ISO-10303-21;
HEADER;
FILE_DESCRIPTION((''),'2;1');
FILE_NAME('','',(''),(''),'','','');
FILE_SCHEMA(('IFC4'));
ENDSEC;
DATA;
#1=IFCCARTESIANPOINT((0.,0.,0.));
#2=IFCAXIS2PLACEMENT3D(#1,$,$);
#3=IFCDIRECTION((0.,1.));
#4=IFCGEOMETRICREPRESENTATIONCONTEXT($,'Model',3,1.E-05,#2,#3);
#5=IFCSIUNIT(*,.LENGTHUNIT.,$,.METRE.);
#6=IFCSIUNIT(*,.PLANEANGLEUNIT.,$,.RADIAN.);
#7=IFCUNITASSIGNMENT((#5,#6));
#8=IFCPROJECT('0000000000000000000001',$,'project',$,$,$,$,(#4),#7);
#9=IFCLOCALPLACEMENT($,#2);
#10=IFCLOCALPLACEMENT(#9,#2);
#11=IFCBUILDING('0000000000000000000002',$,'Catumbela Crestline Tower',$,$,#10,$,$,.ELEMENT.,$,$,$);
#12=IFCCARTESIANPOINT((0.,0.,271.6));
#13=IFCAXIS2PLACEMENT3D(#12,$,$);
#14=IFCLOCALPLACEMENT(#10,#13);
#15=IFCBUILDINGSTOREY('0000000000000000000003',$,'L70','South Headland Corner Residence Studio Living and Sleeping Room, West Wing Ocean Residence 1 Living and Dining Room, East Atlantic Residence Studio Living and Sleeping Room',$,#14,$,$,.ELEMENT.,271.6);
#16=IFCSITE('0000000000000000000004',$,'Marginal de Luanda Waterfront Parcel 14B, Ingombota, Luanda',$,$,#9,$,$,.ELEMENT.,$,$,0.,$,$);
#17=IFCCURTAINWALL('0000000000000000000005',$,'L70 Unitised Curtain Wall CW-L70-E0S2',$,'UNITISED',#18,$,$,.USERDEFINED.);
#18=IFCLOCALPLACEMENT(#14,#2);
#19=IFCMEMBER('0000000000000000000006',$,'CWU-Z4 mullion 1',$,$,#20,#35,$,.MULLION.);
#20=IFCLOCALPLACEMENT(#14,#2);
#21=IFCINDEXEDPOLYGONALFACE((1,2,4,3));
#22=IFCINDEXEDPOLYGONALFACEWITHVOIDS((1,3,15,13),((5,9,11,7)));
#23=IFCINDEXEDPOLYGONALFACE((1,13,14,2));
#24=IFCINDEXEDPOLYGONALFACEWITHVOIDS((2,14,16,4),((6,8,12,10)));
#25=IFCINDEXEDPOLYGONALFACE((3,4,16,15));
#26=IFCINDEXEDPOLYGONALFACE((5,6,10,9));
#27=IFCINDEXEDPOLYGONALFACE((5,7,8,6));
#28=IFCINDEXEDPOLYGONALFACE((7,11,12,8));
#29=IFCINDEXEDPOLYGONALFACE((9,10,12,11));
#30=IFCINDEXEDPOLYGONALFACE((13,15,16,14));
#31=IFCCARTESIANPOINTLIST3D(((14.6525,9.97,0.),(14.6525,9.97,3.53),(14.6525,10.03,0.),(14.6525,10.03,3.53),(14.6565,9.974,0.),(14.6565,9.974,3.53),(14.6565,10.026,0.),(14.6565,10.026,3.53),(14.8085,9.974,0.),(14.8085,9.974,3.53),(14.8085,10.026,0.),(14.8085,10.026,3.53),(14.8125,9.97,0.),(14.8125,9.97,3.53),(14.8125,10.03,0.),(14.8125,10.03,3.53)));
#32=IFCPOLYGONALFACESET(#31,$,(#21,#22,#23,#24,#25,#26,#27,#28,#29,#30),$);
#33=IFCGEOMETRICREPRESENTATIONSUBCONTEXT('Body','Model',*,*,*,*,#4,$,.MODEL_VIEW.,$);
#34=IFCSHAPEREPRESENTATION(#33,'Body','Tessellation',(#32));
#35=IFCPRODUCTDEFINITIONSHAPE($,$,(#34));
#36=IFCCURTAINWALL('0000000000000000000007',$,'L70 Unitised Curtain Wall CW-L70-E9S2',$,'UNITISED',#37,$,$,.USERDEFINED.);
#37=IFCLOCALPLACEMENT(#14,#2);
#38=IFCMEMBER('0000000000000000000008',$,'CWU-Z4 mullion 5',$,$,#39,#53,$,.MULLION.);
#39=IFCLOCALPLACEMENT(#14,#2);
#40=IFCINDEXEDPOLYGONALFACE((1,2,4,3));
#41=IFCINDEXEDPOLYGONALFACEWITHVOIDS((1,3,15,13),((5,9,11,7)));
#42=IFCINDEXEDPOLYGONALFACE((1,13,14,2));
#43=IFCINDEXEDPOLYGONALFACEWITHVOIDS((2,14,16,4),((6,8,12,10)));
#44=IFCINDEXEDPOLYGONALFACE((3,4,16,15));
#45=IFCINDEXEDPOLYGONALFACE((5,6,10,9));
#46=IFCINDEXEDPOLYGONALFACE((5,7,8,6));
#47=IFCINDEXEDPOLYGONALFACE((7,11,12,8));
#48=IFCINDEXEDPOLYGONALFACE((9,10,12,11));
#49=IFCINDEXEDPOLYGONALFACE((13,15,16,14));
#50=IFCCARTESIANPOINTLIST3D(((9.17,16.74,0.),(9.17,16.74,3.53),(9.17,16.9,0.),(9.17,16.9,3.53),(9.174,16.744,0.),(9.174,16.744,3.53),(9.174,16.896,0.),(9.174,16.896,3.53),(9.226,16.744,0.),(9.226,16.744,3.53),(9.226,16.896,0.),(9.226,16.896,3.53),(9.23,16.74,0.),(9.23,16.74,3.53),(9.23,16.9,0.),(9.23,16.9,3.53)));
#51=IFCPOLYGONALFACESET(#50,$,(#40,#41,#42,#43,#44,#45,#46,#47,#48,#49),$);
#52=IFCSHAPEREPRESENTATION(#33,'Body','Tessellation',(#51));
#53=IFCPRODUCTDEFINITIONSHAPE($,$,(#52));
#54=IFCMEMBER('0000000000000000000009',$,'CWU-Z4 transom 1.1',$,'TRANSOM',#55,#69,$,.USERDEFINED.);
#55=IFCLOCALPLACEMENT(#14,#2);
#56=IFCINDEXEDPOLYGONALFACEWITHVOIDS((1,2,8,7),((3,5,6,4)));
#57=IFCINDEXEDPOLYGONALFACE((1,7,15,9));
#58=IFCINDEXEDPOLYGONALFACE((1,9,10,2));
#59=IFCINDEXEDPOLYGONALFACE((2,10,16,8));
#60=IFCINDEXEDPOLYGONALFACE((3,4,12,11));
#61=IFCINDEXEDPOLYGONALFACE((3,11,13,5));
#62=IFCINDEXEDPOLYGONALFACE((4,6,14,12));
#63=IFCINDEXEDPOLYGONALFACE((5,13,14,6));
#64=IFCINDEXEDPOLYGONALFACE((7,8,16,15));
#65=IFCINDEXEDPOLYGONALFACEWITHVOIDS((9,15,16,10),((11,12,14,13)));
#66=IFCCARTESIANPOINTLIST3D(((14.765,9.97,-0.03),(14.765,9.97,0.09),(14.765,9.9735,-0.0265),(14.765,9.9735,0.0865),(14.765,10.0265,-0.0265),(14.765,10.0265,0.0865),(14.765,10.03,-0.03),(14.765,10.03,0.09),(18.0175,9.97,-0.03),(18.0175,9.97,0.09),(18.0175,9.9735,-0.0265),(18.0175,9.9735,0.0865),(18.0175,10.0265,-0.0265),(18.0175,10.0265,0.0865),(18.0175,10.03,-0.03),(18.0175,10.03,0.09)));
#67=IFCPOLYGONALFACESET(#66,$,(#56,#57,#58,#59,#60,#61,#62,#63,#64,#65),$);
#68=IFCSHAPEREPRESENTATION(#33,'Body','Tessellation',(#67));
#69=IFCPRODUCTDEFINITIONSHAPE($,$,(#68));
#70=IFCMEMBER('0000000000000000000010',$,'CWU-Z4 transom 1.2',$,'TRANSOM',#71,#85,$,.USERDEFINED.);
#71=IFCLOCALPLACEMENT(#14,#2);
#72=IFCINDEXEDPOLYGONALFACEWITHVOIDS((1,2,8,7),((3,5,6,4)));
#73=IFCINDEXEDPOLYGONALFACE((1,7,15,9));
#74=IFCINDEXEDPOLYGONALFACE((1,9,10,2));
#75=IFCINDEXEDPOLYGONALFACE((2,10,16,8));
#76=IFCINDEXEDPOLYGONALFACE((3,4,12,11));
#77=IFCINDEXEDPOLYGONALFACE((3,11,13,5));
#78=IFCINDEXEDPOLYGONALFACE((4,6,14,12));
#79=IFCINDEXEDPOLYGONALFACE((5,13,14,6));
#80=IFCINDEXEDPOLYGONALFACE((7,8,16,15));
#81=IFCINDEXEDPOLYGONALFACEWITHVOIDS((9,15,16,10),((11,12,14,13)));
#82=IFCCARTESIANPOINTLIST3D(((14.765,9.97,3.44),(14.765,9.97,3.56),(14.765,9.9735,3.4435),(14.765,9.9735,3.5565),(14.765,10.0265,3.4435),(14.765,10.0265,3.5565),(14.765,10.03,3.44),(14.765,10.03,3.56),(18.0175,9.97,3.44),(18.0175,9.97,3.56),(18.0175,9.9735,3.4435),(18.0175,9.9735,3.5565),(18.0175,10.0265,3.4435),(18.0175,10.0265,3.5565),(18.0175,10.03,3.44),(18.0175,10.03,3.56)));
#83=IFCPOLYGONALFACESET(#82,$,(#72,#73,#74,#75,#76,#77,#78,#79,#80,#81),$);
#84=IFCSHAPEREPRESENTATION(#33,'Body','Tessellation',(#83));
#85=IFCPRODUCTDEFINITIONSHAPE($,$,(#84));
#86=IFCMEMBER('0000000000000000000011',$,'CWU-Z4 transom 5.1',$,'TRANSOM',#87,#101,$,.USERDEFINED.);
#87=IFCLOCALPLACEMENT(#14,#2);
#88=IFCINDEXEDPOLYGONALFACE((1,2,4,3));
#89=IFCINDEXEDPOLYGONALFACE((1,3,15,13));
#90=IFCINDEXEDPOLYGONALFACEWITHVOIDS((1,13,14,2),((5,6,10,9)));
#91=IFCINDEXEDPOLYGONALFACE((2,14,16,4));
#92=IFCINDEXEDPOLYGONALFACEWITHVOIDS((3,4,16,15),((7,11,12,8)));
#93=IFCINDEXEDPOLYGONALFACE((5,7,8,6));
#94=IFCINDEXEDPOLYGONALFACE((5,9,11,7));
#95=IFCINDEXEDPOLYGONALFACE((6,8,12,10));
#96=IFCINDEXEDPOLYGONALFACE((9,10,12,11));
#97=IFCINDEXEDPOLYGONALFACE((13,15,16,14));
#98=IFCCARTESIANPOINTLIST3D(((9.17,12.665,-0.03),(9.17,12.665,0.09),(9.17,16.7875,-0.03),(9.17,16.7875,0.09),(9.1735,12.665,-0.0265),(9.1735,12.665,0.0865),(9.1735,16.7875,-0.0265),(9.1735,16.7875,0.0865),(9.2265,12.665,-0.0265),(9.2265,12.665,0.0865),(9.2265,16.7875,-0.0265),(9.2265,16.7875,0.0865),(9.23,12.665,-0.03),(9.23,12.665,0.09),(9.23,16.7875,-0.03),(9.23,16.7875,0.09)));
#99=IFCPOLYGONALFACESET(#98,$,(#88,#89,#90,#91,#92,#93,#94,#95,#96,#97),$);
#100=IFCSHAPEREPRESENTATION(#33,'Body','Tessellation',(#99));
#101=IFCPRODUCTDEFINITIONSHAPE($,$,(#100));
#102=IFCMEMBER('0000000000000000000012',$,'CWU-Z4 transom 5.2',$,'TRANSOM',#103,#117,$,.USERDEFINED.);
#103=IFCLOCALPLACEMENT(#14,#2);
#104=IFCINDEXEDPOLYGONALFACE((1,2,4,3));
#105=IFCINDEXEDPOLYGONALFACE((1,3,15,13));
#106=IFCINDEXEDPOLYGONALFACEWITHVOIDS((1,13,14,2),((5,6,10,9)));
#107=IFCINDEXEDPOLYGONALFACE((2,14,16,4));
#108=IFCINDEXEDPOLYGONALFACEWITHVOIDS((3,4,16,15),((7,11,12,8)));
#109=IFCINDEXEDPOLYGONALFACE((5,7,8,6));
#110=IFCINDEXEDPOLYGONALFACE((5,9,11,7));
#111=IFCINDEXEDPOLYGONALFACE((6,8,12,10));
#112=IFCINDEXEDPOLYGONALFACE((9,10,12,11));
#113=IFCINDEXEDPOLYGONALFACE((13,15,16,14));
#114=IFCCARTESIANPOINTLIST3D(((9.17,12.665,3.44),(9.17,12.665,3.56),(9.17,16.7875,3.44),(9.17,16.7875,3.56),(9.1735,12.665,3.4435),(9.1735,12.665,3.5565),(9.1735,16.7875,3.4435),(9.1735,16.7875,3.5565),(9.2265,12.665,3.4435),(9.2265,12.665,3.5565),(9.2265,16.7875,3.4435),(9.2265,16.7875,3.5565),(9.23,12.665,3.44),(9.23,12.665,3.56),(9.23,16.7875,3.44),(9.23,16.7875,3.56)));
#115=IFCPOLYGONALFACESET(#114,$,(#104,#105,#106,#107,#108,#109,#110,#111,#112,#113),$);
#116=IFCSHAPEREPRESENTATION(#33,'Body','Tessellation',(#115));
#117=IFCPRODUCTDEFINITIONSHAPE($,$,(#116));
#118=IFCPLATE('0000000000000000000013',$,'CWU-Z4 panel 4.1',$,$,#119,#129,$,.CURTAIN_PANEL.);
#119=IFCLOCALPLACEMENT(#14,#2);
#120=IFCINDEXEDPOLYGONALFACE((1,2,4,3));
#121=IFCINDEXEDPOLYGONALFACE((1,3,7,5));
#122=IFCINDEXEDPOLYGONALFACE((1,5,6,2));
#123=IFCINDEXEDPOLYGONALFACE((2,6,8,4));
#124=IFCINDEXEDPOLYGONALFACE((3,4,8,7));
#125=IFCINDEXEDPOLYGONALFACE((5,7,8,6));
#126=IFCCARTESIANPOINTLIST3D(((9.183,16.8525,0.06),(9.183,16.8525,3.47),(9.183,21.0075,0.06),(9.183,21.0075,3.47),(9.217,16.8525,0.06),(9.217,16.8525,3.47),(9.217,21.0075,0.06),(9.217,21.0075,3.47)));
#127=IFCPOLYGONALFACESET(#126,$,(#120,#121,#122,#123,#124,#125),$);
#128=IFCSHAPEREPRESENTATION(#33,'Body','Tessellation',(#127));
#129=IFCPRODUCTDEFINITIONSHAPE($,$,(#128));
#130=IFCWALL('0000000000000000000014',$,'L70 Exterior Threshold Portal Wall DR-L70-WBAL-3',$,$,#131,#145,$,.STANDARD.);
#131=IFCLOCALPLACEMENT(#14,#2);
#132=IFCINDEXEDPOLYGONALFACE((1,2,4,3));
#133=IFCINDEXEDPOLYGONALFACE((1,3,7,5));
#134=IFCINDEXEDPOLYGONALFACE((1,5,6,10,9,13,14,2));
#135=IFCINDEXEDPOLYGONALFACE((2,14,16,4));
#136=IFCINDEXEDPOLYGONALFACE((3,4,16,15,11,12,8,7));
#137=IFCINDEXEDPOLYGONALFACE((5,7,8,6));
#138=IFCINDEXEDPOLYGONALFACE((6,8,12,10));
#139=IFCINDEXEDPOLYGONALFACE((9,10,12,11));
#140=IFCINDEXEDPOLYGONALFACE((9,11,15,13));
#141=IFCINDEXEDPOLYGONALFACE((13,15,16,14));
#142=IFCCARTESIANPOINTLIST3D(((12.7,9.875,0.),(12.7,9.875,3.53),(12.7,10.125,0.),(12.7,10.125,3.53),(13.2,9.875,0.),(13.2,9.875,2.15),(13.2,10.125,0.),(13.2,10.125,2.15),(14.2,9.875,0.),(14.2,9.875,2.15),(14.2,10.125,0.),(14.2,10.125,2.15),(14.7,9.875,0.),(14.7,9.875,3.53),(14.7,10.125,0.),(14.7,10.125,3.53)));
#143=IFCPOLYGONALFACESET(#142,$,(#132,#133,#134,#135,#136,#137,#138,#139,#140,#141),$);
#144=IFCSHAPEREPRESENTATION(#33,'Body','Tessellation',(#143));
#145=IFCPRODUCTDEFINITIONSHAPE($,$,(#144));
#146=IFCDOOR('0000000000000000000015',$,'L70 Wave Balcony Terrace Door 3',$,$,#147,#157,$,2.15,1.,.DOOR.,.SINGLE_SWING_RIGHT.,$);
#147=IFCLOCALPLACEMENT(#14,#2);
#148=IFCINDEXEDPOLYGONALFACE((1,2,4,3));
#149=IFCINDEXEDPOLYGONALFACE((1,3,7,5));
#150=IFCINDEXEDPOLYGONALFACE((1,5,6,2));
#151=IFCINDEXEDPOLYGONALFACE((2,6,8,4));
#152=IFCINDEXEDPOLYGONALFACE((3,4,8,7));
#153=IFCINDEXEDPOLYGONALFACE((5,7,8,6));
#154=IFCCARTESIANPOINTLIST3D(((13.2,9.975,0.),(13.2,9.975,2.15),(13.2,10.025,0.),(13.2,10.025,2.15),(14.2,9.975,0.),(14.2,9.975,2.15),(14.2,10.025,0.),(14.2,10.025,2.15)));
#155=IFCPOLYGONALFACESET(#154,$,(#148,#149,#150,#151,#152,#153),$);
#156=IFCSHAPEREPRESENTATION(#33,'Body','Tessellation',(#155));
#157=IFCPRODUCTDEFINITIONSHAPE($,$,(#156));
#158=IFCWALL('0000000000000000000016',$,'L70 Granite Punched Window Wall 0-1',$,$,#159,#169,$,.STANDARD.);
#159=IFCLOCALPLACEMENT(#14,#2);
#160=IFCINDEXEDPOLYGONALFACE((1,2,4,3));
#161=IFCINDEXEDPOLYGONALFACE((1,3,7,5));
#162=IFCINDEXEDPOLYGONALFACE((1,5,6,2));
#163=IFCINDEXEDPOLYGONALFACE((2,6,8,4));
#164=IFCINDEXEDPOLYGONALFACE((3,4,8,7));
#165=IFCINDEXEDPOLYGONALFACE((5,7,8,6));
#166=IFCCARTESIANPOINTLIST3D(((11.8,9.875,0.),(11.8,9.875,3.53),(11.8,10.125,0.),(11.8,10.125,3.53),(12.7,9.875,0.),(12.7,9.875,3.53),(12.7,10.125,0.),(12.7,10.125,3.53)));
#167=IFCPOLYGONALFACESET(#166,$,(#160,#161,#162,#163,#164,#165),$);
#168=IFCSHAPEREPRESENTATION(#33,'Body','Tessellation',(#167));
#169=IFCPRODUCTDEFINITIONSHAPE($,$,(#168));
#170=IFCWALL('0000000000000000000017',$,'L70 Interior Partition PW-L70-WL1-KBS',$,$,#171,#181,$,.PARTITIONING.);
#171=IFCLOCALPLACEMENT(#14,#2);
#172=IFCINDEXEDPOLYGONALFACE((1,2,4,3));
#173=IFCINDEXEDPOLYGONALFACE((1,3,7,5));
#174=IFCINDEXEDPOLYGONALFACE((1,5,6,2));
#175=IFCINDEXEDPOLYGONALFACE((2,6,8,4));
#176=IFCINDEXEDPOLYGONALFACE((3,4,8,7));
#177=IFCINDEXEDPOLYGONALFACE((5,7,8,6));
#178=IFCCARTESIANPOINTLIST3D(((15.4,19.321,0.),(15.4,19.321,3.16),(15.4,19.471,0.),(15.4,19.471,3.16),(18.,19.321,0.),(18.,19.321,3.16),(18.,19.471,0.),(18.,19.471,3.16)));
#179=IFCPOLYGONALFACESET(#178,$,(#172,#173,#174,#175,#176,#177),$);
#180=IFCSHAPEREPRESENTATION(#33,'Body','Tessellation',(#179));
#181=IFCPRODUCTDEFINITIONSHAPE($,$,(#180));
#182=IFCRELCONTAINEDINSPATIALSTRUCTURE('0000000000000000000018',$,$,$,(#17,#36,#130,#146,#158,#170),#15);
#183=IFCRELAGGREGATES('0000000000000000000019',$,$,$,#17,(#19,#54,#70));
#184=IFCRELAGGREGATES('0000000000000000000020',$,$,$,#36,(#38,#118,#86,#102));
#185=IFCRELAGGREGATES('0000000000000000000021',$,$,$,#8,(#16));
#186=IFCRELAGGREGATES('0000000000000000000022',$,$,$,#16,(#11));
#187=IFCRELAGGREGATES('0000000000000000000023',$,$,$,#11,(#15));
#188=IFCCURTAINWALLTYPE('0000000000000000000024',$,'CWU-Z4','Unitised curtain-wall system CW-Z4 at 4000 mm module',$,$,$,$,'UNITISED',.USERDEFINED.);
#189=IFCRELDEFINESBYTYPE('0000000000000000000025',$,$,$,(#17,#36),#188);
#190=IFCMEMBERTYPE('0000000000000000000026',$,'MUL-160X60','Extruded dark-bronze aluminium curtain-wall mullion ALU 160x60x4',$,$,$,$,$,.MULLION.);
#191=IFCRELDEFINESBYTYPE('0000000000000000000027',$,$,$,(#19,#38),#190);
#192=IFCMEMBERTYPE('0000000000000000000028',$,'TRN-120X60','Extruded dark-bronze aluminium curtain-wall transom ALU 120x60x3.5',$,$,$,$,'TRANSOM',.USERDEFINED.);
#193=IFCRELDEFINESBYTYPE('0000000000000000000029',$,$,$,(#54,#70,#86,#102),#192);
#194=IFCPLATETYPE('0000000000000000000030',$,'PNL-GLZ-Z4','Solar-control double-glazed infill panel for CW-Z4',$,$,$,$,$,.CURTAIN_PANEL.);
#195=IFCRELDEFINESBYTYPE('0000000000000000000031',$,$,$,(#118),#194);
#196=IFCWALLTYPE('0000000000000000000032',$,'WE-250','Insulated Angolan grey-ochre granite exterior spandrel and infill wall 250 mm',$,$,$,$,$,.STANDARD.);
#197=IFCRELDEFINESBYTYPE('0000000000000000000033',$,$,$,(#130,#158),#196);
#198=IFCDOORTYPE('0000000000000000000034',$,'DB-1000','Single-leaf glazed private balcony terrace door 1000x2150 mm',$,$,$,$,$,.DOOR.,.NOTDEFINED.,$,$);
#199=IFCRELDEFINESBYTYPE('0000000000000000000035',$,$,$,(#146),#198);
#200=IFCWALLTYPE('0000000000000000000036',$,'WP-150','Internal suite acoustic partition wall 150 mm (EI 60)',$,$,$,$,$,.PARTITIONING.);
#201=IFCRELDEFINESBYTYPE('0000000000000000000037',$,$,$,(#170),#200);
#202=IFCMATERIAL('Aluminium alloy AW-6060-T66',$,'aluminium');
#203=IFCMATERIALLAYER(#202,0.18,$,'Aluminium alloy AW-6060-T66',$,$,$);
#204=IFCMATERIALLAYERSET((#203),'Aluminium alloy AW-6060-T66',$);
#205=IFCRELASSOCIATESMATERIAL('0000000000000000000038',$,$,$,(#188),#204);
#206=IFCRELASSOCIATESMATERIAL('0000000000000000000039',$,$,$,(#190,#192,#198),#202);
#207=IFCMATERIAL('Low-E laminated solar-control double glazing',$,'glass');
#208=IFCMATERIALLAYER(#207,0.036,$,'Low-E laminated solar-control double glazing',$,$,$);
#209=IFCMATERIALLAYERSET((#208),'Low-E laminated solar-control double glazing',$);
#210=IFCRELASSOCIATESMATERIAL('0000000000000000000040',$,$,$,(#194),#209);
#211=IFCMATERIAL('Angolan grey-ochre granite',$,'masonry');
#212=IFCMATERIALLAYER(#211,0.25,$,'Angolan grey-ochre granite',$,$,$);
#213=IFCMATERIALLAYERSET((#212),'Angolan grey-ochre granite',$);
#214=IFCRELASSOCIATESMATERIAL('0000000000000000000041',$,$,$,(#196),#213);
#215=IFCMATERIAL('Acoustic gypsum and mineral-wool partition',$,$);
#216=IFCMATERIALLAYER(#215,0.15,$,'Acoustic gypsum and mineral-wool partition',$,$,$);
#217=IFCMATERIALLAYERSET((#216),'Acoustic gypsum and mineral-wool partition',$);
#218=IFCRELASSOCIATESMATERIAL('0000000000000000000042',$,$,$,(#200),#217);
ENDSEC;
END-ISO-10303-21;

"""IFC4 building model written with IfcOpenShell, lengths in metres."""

from ifc_helpers import new_model, si_unit, direction, frame, frame_2d, origin, origin_2d, place, context, subcontext, project, spatial, rectangle, hollow_rectangle, extrude, material, layer, layer_set, material_profile, profile_set, type_object, element, fill, aggregate, save


model = new_model("IFC4")

# Units and contexts
model_context = context("Model", 3, precision=1e-05, world=origin(), true_north=direction((0.0, 1.0)))
body_context = subcontext(model_context, "Body", "Model", "MODEL_VIEW")
ifc_project = project(units=[si_unit("LENGTHUNIT", "METRE"), si_unit("PLANEANGLEUNIT", "RADIAN")], contexts=[model_context])

# Site, building, storey
site_placement = place(None, origin())
site = spatial("IfcSite", under=ifc_project, at=site_placement, Name="Marginal de Luanda Waterfront Parcel 14B, Ingombota, Luanda", CompositionType="ELEMENT", RefElevation=0.0)
building_placement = place(site_placement, origin())
building = spatial("IfcBuilding", under=site, at=building_placement, Name="Catumbela Crestline Tower", CompositionType="ELEMENT")
storey_placement = place(building_placement, frame((0.0, 0.0, 271.6)))
storey = spatial("IfcBuildingStorey", under=building, at=storey_placement, Name="L70", Description="South Headland Corner Residence Studio Living and Sleeping Room, West Wing Ocean Residence 1 Living and Dining Room, East Atlantic Residence Studio Living and Sleeping Room", CompositionType="ELEMENT", Elevation=271.6)

# Curtain walls, members
ifc_material_1 = material(Name="Aluminium alloy AW-6060-T66", Category="aluminium")
ifc_layer_1 = layer(ifc_material_1, 0.18, Name="Aluminium alloy AW-6060-T66")
ifc_layer_set_1 = layer_set([ifc_layer_1], Name="Aluminium alloy AW-6060-T66")
curtain_wall_type = type_object("IfcCurtainWallType", Name="CWU-Z4", Description="Unitised curtain-wall system CW-Z4 at 4000 mm module", ElementType="UNITISED", PredefinedType="USERDEFINED", material=ifc_layer_set_1)
curtain_wall_1_placement = place(storey_placement, origin())
curtain_wall_1 = element("IfcCurtainWall", 1, at=curtain_wall_1_placement, inside=storey, type_object=curtain_wall_type, Name="L70 Unitised Curtain Wall CW-L70-E0S2", ObjectType="UNITISED", PredefinedType="USERDEFINED")
ifc_material_profile_1 = material_profile(ifc_material_1, hollow_rectangle(XDim=0.06, YDim=0.16, WallThickness=0.004, at=origin_2d()), Name="ALU 160x60x4")
ifc_profile_set_1 = profile_set([ifc_material_profile_1], Name="Aluminium alloy AW-6060-T66")
member_type_1 = type_object("IfcMemberType", Name="MUL-160X60", Description="Extruded dark-bronze aluminium curtain-wall mullion ALU 160x60x4", PredefinedType="MULLION", material=ifc_profile_set_1)
member_1_placement = place(storey_placement, frame((14.7325, 10.0, 0.0), z_axis=(0.0, 0.0, 1.0), x_axis=(0.0, 1.0, 0.0)))
member_1 = element("IfcMember", 2, at=member_1_placement, type_object=member_type_1, Name="CWU-Z4 mullion 1", PredefinedType="MULLION", context=body_context, shape_type="SweptSolid", body=[
    extrude(hollow_rectangle(XDim=0.06, YDim=0.16, WallThickness=0.004, at=origin_2d()), origin(), (0.0, 0.0, 1.0), 3.53),
])
curtain_wall_2_placement = place(storey_placement, origin())
curtain_wall_2 = element("IfcCurtainWall", 3, at=curtain_wall_2_placement, inside=storey, type_object=curtain_wall_type, Name="L70 Unitised Curtain Wall CW-L70-E9S2", ObjectType="UNITISED", PredefinedType="USERDEFINED")
member_2_placement = place(storey_placement, frame((9.2, 16.82, 0.0), z_axis=(0.0, 0.0, 1.0), x_axis=(1.0, 0.0, 0.0)))
member_2 = element("IfcMember", 4, at=member_2_placement, type_object=member_type_1, Name="CWU-Z4 mullion 5", PredefinedType="MULLION", context=body_context, shape_type="SweptSolid", body=[
    extrude(hollow_rectangle(XDim=0.06, YDim=0.16, WallThickness=0.004, at=origin_2d()), origin(), (0.0, 0.0, 1.0), 3.53),
])

# Members
ifc_material_profile_2 = material_profile(ifc_material_1, hollow_rectangle(XDim=0.06, YDim=0.12, WallThickness=0.0035, at=origin_2d()), Name="ALU 120x60x3.5")
ifc_profile_set_2 = profile_set([ifc_material_profile_2], Name="Aluminium alloy AW-6060-T66")
member_type_2 = type_object("IfcMemberType", Name="TRN-120X60", Description="Extruded dark-bronze aluminium curtain-wall transom ALU 120x60x3.5", ElementType="TRANSOM", PredefinedType="USERDEFINED", material=ifc_profile_set_2)
member_3_placement = place(storey_placement, frame((14.765, 10.0, 0.03), z_axis=(1.0, 0.0, 0.0), x_axis=(0.0, 1.0, 0.0)))
member_3 = element("IfcMember", 5, at=member_3_placement, type_object=member_type_2, Name="CWU-Z4 transom 1.1", ObjectType="TRANSOM", PredefinedType="USERDEFINED", context=body_context, shape_type="SweptSolid", body=[
    extrude(hollow_rectangle(XDim=0.06, YDim=0.12, WallThickness=0.0035, at=origin_2d()), origin(), (0.0, 0.0, 1.0), 3.2525),
])
member_4_placement = place(storey_placement, frame((14.765, 10.0, 3.5), z_axis=(1.0, 0.0, 0.0), x_axis=(0.0, 1.0, 0.0)))
member_4 = element("IfcMember", 6, at=member_4_placement, type_object=member_type_2, Name="CWU-Z4 transom 1.2", ObjectType="TRANSOM", PredefinedType="USERDEFINED", context=body_context, shape_type="SweptSolid", body=[
    extrude(hollow_rectangle(XDim=0.06, YDim=0.12, WallThickness=0.0035, at=origin_2d()), origin(), (0.0, 0.0, 1.0), 3.2525),
])
aggregate(curtain_wall_1, [member_1, member_3, member_4])
member_5_placement = place(storey_placement, frame((9.2, 16.7875, 0.03), z_axis=(0.0, -1.0, 0.0), x_axis=(1.0, 0.0, 0.0)))
member_5 = element("IfcMember", 7, at=member_5_placement, type_object=member_type_2, Name="CWU-Z4 transom 5.1", ObjectType="TRANSOM", PredefinedType="USERDEFINED", context=body_context, shape_type="SweptSolid", body=[
    extrude(hollow_rectangle(XDim=0.06, YDim=0.12, WallThickness=0.0035, at=origin_2d()), origin(), (0.0, 0.0, 1.0), 4.1225),
])
member_6_placement = place(storey_placement, frame((9.2, 16.7875, 3.5), z_axis=(0.0, -1.0, 0.0), x_axis=(1.0, 0.0, 0.0)))
member_6 = element("IfcMember", 8, at=member_6_placement, type_object=member_type_2, Name="CWU-Z4 transom 5.2", ObjectType="TRANSOM", PredefinedType="USERDEFINED", context=body_context, shape_type="SweptSolid", body=[
    extrude(hollow_rectangle(XDim=0.06, YDim=0.12, WallThickness=0.0035, at=origin_2d()), origin(), (0.0, 0.0, 1.0), 4.1225),
])

# Plate
ifc_material_2 = material(Name="Low-E laminated solar-control double glazing", Category="glass")
ifc_layer_2 = layer(ifc_material_2, 0.036, Name="Low-E laminated solar-control double glazing")
ifc_layer_set_2 = layer_set([ifc_layer_2], Name="Low-E laminated solar-control double glazing")
plate_type = type_object("IfcPlateType", Name="PNL-GLZ-Z4", Description="Solar-control double-glazed infill panel for CW-Z4", PredefinedType="CURTAIN_PANEL", material=ifc_layer_set_2)
plate_placement = place(storey_placement, frame((9.2, 18.93, 0.06), z_axis=(0.0, 0.0, 1.0), x_axis=(0.0, -1.0, 0.0)))
plate = element("IfcPlate", 9, at=plate_placement, type_object=plate_type, Name="CWU-Z4 panel 4.1", PredefinedType="CURTAIN_PANEL", context=body_context, shape_type="SweptSolid", body=[
    extrude(rectangle(XDim=4.155, YDim=0.034, at=origin_2d()), origin(), (0.0, 0.0, 1.0), 3.41),
])
aggregate(curtain_wall_2, [member_2, plate, member_5, member_6])

# Wall, opening, door
ifc_material_3 = material(Name="Angolan grey-ochre granite", Category="masonry")
ifc_layer_3 = layer(ifc_material_3, 0.25, Name="Angolan grey-ochre granite")
ifc_layer_set_3 = layer_set([ifc_layer_3], Name="Angolan grey-ochre granite")
wall_type_1 = type_object("IfcWallType", Name="WE-250", Description="Insulated Angolan grey-ochre granite exterior spandrel and infill wall 250 mm", PredefinedType="STANDARD", material=ifc_layer_set_3)
wall_1_placement = place(storey_placement, frame((12.7, 10.0, 0.0), z_axis=(0.0, 0.0, 1.0), x_axis=(1.0, 0.0, 0.0)))
wall_1 = element("IfcWall", 10, at=wall_1_placement, inside=storey, type_object=wall_type_1, Name="L70 Exterior Threshold Portal Wall DR-L70-WBAL-3", PredefinedType="STANDARD", context=body_context, shape_type="SweptSolid", body=[
    extrude(rectangle(XDim=2.0, YDim=0.25, at=frame_2d((1.0, 0.0))), origin(), (0.0, 0.0, 1.0), 3.53),
])
opening_1_placement = place(wall_1_placement, frame((0.5, 0.0, 0.0)))
opening_1 = element("IfcOpeningElement", 11, at=opening_1_placement, cuts=wall_1, PredefinedType="OPENING", context=body_context, shape_type="SweptSolid", body=[
    extrude(rectangle(XDim=1.0, YDim=2.15, at=frame_2d((0.5, 1.075))), frame((0.0, 0.135, 0.0), z_axis=(0.0, -1.0, 0.0), x_axis=(1.0, 0.0, 0.0)), (0.0, 0.0, 1.0), 0.27),
])
door_type_1 = type_object("IfcDoorType", Name="DB-1000", Description="Single-leaf glazed private balcony terrace door 1000x2150 mm", OperationType="NOTDEFINED", PredefinedType="DOOR", material=ifc_material_1)
door_1_placement = place(opening_1_placement, origin())
door_1 = element("IfcDoor", 12, at=door_1_placement, inside=storey, type_object=door_type_1, Name="L70 Wave Balcony Terrace Door 3", OperationType="SINGLE_SWING_RIGHT", OverallHeight=2.15, OverallWidth=1.0, PredefinedType="DOOR", context=body_context, shape_type="SweptSolid", body=[
    extrude(rectangle(XDim=1.0, YDim=2.15, at=frame_2d((0.5, 1.075))), frame((0.0, 0.025, 0.0), z_axis=(0.0, -1.0, 0.0), x_axis=(1.0, 0.0, 0.0)), (0.0, 0.0, 1.0), 0.05),
])
fill(opening_1, door_1)

# Walls
wall_2_placement = place(storey_placement, frame((11.8, 10.0, 0.0), z_axis=(0.0, 0.0, 1.0), x_axis=(1.0, 0.0, 0.0)))
element("IfcWall", 13, at=wall_2_placement, inside=storey, type_object=wall_type_1, Name="L70 Granite Punched Window Wall 0-1", PredefinedType="STANDARD", context=body_context, shape_type="SweptSolid", body=[
    extrude(rectangle(XDim=0.9, YDim=0.25, at=frame_2d((0.45, 0.0))), origin(), (0.0, 0.0, 1.0), 3.53),
])
ifc_material_4 = material(Name="Acoustic gypsum and mineral-wool partition")
ifc_layer_4 = layer(ifc_material_4, 0.15, Name="Acoustic gypsum and mineral-wool partition")
ifc_layer_set_4 = layer_set([ifc_layer_4], Name="Acoustic gypsum and mineral-wool partition")
wall_type_2 = type_object("IfcWallType", Name="WP-150", Description="Internal suite acoustic partition wall 150 mm (EI 60)", PredefinedType="PARTITIONING", material=ifc_layer_set_4)
wall_3_placement = place(storey_placement, frame((15.4, 19.396, 0.0), z_axis=(0.0, 0.0, 1.0), x_axis=(1.0, 0.0, 0.0)))
element("IfcWall", 14, at=wall_3_placement, inside=storey, type_object=wall_type_2, Name="L70 Interior Partition PW-L70-WL1-KBS", PredefinedType="PARTITIONING", context=body_context, shape_type="SweptSolid", body=[
    extrude(rectangle(XDim=2.6, YDim=0.15, at=frame_2d((1.3, 0.0))), origin(), (0.0, 0.0, 1.0), 3.16),
])

save(model, "model.ifc")
